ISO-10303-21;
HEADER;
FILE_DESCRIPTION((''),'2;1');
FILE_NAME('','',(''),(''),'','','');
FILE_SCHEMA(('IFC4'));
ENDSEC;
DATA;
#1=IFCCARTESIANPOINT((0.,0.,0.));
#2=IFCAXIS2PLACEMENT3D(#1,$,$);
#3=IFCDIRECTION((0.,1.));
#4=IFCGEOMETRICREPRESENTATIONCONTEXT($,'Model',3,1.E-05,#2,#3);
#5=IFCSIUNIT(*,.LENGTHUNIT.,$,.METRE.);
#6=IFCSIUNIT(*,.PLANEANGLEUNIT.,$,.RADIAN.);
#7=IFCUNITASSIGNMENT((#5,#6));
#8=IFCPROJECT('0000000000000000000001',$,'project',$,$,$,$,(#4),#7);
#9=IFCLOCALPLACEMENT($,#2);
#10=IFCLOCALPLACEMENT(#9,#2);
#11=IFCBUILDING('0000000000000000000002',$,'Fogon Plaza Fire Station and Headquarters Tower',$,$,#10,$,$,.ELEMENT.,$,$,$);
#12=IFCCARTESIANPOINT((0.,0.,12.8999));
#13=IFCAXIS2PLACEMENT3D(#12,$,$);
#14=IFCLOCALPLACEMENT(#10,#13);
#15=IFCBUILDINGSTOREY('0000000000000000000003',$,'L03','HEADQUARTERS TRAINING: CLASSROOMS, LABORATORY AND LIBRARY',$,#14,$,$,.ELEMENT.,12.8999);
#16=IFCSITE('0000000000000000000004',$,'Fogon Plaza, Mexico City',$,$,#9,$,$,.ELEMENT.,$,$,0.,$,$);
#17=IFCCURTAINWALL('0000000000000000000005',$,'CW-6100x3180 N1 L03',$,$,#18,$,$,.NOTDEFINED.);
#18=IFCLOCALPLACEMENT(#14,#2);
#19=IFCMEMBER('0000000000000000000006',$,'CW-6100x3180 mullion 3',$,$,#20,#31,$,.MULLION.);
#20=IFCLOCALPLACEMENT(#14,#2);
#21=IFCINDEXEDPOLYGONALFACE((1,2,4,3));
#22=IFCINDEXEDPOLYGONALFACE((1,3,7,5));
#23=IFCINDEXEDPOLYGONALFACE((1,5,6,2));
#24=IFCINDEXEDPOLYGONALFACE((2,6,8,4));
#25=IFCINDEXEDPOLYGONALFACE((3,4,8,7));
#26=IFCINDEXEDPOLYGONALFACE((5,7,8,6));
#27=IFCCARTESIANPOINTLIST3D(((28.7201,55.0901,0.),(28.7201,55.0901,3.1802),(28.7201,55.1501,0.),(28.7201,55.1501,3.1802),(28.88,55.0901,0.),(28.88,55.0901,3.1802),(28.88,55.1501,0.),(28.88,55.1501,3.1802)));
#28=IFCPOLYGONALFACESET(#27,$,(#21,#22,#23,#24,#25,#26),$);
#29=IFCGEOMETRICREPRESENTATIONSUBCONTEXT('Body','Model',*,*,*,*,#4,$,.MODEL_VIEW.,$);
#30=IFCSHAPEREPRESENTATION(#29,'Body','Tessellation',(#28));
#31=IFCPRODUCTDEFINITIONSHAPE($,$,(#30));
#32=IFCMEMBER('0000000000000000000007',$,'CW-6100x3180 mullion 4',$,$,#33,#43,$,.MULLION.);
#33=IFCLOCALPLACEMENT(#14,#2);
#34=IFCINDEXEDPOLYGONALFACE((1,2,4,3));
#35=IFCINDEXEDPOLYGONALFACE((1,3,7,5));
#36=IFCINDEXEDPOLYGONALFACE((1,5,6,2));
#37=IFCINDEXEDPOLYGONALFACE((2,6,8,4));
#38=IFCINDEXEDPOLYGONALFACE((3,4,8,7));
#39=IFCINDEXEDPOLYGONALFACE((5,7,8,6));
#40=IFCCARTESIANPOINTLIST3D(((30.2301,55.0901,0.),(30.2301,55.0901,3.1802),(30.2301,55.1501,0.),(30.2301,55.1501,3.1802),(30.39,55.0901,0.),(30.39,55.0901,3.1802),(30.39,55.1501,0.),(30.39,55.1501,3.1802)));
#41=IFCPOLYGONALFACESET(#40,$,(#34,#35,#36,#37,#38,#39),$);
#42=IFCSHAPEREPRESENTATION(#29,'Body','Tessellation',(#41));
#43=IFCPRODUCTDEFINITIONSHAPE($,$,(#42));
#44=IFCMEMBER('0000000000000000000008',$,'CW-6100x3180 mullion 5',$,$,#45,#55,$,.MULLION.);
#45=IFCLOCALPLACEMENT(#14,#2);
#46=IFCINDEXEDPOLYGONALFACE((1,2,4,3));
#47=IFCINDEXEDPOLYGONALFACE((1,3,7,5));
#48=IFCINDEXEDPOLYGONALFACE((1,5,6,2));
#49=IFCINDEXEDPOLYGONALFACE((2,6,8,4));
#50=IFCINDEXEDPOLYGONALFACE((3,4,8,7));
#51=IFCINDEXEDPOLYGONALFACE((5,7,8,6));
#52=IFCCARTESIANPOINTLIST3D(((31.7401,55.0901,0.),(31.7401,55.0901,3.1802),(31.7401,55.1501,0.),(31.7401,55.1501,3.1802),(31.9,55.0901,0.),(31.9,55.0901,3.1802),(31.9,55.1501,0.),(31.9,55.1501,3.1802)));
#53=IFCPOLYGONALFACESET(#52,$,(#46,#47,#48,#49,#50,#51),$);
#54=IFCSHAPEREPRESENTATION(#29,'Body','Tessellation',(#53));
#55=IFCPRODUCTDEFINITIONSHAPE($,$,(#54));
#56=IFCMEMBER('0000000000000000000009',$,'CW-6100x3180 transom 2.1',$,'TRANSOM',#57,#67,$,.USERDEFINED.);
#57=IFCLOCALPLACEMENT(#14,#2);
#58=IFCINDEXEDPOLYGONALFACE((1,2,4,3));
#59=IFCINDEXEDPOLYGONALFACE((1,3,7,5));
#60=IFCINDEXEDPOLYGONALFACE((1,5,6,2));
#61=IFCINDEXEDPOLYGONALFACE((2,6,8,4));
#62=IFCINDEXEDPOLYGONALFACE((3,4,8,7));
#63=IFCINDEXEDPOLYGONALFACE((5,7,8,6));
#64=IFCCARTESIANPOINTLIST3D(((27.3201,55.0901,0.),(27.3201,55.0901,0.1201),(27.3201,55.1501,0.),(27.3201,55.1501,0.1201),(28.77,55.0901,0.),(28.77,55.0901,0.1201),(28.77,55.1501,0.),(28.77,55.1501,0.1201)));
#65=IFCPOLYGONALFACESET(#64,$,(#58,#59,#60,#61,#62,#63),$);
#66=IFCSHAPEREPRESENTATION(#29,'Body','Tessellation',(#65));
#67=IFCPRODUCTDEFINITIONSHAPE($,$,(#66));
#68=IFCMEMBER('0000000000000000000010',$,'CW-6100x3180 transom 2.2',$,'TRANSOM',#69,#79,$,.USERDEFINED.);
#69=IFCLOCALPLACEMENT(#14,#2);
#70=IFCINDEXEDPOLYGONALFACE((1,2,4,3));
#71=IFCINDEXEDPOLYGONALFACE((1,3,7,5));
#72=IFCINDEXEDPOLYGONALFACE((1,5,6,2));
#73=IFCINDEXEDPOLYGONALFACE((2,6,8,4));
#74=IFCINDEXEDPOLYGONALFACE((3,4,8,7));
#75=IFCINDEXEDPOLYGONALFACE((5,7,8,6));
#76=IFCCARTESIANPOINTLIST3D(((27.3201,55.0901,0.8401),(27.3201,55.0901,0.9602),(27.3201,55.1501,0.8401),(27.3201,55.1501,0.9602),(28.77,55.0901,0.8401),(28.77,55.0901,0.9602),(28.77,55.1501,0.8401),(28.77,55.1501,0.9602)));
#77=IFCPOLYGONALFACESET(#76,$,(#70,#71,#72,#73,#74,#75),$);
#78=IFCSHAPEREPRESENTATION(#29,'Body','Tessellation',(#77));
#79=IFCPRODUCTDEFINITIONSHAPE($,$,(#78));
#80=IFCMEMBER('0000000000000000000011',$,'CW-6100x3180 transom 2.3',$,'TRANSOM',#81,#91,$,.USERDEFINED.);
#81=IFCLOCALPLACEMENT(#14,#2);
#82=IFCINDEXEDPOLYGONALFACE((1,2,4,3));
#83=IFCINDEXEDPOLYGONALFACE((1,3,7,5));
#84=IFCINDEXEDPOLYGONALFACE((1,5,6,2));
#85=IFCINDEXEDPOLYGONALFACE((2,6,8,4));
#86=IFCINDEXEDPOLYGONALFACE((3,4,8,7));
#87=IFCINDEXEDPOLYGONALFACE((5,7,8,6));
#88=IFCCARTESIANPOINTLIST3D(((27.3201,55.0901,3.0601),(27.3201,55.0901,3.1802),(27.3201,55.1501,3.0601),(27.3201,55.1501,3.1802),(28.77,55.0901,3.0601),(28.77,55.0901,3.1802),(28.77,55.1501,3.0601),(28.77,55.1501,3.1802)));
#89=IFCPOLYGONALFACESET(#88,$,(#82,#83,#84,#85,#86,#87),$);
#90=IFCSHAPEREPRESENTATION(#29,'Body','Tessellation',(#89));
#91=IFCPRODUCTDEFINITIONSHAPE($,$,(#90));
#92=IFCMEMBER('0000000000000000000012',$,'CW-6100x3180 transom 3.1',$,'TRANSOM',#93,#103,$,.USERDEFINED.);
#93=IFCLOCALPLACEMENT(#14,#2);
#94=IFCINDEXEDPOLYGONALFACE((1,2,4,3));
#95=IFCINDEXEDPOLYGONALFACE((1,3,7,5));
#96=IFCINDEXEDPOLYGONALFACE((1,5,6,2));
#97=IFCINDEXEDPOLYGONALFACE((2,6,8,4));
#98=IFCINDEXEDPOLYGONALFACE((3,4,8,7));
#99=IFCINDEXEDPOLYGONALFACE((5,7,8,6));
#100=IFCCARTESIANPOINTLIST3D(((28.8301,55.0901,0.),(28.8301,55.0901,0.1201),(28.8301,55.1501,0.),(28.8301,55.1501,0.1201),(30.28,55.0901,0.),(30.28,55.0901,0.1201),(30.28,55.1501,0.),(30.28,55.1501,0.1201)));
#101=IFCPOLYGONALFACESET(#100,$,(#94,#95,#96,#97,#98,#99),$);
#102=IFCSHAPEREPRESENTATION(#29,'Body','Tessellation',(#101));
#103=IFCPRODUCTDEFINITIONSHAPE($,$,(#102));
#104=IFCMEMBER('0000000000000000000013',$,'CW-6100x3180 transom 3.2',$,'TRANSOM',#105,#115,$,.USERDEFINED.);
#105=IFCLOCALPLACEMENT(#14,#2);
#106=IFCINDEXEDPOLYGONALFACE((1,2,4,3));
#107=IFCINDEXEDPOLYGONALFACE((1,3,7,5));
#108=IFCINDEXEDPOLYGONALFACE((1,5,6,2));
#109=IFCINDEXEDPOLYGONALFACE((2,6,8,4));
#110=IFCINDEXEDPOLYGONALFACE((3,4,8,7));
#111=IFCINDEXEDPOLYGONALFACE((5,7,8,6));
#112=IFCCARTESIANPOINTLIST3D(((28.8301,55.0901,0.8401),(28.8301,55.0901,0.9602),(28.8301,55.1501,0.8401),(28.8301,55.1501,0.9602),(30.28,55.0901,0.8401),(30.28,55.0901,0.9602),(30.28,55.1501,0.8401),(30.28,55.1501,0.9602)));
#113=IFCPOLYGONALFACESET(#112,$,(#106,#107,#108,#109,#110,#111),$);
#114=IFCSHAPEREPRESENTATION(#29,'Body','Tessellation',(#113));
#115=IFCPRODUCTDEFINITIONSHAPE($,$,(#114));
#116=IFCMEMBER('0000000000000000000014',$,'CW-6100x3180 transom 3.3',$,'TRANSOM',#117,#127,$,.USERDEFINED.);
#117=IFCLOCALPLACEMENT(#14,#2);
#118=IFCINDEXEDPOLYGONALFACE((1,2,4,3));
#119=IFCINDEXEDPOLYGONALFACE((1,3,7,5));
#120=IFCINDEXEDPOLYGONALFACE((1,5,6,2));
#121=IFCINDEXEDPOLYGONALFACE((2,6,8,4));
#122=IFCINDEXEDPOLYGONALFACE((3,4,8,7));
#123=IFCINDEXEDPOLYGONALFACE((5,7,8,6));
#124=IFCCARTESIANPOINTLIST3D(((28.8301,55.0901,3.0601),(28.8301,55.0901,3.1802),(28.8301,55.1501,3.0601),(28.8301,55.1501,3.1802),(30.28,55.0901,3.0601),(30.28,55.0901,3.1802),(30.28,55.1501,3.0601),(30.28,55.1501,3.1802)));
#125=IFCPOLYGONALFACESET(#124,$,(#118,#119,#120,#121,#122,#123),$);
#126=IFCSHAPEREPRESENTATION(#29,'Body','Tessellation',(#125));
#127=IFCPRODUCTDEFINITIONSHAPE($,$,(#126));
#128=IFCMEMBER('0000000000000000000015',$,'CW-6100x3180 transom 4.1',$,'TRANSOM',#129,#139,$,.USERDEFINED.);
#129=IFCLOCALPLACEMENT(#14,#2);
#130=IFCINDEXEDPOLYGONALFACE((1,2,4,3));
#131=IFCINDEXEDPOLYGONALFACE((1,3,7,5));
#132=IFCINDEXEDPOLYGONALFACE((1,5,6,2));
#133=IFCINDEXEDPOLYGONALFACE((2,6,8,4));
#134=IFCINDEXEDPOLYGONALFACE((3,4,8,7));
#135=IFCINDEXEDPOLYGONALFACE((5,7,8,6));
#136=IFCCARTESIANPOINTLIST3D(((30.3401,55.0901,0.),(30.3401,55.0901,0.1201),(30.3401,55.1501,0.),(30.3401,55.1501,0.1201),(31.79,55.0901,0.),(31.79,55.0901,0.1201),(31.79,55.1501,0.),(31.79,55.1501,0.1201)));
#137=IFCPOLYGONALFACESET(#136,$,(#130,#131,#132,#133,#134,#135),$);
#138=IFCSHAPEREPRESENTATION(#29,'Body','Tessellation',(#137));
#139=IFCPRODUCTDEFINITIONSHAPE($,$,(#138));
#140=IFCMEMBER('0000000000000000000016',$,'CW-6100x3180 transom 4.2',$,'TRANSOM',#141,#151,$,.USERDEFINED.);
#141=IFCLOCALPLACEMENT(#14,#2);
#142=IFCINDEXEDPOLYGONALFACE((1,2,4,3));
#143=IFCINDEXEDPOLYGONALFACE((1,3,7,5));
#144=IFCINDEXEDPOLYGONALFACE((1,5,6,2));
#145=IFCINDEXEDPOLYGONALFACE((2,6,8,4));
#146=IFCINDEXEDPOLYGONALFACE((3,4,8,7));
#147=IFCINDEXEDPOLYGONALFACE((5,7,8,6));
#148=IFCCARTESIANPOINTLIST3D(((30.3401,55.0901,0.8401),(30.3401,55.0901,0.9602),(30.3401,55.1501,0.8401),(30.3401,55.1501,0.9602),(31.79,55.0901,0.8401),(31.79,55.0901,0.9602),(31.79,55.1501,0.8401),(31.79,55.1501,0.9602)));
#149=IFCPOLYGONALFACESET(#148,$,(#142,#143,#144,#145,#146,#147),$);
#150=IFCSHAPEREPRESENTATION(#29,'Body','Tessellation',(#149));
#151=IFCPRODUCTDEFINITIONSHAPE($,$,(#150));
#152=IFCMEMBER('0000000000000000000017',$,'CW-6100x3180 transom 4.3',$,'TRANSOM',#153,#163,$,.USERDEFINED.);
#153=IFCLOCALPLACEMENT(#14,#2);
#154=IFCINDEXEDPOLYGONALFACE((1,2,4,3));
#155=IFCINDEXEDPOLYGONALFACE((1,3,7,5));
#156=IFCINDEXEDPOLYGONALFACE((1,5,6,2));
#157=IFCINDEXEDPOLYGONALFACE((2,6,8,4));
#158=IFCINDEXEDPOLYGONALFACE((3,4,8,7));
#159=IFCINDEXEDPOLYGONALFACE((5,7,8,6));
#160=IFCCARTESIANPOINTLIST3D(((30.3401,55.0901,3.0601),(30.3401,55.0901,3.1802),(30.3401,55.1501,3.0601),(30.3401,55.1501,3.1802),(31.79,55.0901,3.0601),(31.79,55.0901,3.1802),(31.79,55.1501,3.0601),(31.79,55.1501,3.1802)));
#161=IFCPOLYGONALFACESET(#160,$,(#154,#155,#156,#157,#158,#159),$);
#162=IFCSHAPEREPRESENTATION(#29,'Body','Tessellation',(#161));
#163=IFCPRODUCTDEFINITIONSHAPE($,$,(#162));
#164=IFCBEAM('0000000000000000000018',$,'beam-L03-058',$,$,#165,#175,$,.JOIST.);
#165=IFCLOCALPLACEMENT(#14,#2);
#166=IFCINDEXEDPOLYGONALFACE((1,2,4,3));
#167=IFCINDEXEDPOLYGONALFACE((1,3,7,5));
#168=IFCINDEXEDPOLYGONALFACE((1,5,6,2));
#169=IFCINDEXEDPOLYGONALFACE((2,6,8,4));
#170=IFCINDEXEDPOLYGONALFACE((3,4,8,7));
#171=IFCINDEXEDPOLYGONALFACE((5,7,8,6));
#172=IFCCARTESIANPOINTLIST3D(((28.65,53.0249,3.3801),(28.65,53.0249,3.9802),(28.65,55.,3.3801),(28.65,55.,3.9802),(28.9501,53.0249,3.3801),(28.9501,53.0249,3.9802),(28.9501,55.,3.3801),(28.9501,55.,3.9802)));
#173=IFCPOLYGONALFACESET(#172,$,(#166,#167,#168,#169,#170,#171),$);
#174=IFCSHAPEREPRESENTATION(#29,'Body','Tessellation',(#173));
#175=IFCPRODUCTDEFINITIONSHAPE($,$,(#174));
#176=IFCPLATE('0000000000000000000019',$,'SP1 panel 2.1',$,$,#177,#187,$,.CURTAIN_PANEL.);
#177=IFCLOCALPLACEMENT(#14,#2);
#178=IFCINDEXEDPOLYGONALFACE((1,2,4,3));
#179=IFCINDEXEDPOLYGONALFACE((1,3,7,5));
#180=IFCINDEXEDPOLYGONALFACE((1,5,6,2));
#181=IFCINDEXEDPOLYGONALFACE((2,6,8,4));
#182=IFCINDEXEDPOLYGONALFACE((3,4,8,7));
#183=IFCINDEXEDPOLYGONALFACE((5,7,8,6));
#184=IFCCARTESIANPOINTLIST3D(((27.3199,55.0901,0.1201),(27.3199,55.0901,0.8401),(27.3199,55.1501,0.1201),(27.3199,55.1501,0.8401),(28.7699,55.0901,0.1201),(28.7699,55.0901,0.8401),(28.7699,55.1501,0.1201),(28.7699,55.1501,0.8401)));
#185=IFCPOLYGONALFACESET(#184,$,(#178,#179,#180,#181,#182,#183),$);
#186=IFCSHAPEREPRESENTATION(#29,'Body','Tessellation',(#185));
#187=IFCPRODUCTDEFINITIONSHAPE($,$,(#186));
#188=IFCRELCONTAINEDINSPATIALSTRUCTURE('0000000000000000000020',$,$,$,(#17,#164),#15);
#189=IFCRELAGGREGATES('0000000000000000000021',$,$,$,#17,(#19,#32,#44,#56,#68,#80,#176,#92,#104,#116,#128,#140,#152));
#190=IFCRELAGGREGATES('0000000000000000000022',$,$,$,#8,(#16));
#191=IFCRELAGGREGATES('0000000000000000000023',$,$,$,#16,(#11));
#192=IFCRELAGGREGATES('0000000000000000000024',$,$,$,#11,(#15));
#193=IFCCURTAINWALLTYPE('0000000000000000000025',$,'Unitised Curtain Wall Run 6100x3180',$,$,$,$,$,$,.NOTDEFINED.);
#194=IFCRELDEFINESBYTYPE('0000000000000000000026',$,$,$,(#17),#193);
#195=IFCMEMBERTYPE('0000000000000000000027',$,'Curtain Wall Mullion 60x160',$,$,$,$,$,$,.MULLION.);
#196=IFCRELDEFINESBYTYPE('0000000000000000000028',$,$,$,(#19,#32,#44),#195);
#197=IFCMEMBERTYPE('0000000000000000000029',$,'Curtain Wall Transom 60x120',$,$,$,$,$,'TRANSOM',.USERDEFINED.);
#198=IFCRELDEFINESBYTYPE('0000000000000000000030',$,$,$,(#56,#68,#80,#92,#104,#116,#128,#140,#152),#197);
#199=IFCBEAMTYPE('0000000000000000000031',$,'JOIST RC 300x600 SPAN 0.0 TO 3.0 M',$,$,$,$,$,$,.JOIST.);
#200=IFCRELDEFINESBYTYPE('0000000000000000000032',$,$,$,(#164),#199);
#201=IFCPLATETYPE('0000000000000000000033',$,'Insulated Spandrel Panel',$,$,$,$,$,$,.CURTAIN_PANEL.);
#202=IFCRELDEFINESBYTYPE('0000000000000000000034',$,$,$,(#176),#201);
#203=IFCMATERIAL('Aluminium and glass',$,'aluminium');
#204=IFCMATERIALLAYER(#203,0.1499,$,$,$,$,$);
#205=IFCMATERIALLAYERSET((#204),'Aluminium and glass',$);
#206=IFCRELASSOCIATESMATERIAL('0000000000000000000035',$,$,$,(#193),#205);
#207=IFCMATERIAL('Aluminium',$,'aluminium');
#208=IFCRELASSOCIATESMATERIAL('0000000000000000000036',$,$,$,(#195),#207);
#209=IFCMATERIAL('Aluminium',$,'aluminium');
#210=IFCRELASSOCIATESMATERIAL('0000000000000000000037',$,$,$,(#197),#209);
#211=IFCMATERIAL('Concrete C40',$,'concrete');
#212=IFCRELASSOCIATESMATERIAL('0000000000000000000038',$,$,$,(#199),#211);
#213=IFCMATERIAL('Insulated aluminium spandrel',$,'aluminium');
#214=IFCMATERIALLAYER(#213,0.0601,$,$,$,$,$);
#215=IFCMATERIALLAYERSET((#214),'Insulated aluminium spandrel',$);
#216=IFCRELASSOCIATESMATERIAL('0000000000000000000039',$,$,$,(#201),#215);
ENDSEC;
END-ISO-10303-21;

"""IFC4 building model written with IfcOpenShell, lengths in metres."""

from ifc_helpers import new_model, si_unit, direction, frame, origin, origin_2d, place, context, subcontext, project, spatial, rectangle, extrude, material, layer, layer_set, material_profile, profile_set, type_object, element, aggregate, save


model = new_model("IFC4")

# Units and contexts
model_context = context("Model", 3, precision=1e-05, world=origin(), true_north=direction((0.0, 1.0)))
body_context = subcontext(model_context, "Body", "Model", "MODEL_VIEW")
ifc_project = project(units=[si_unit("LENGTHUNIT", "METRE"), si_unit("PLANEANGLEUNIT", "RADIAN")], contexts=[model_context])

# Site, building, storey
site_placement = place(None, origin())
site = spatial("IfcSite", under=ifc_project, at=site_placement, Name="Fogon Plaza, Mexico City", CompositionType="ELEMENT", RefElevation=0.0)
building_placement = place(site_placement, origin())
building = spatial("IfcBuilding", under=site, at=building_placement, Name="Fogon Plaza Fire Station and Headquarters Tower", CompositionType="ELEMENT")
storey_placement = place(building_placement, frame((0.0, 0.0, 12.8999)))
storey = spatial("IfcBuildingStorey", under=building, at=storey_placement, Name="L03", Description="HEADQUARTERS TRAINING: CLASSROOMS, LABORATORY AND LIBRARY", CompositionType="ELEMENT", Elevation=12.8999)

# Curtain wall, members
ifc_material_1 = material(Name="Aluminium and glass", Category="aluminium")
ifc_layer_1 = layer(ifc_material_1, 0.1499)
ifc_layer_set_1 = layer_set([ifc_layer_1], Name="Aluminium and glass")
curtain_wall_type = type_object("IfcCurtainWallType", Name="Unitised Curtain Wall Run 6100x3180", PredefinedType="NOTDEFINED", material=ifc_layer_set_1)
curtain_wall_placement = place(storey_placement, origin())
curtain_wall = element("IfcCurtainWall", 1, at=curtain_wall_placement, inside=storey, type_object=curtain_wall_type, Name="CW-6100x3180 N1 L03", PredefinedType="NOTDEFINED")
ifc_material_2 = material(Name="Aluminium", Category="aluminium")
ifc_material_profile_1 = material_profile(ifc_material_2, rectangle(XDim=0.0601, YDim=0.1599, at=origin_2d()), Name="Curtain Wall Mullion 60x160")
ifc_profile_set_1 = profile_set([ifc_material_profile_1], Name="Aluminium")
member_type_1 = type_object("IfcMemberType", Name="Curtain Wall Mullion 60x160", PredefinedType="MULLION", material=ifc_profile_set_1)
member_1_placement = place(storey_placement, frame((28.8, 55.1201, 0.0), z_axis=(0.0, 0.0, 1.0), x_axis=(0.0, 1.0, 0.0)))
member_1 = element("IfcMember", 2, at=member_1_placement, type_object=member_type_1, Name="CW-6100x3180 mullion 3", PredefinedType="MULLION", context=body_context, shape_type="SweptSolid", body=[
    extrude(rectangle(XDim=0.0601, YDim=0.1599, at=origin_2d()), origin(), (0.0, 0.0, 1.0), 3.1802),
])
member_2_placement = place(storey_placement, frame((30.3101, 55.1201, 0.0), z_axis=(0.0, 0.0, 1.0), x_axis=(0.0, 1.0, 0.0)))
member_2 = element("IfcMember", 3, at=member_2_placement, type_object=member_type_1, Name="CW-6100x3180 mullion 4", PredefinedType="MULLION", context=body_context, shape_type="SweptSolid", body=[
    extrude(rectangle(XDim=0.0601, YDim=0.1599, at=origin_2d()), origin(), (0.0, 0.0, 1.0), 3.1802),
])
member_3_placement = place(storey_placement, frame((31.8201, 55.1201, 0.0), z_axis=(0.0, 0.0, 1.0), x_axis=(0.0, 1.0, 0.0)))
member_3 = element("IfcMember", 4, at=member_3_placement, type_object=member_type_1, Name="CW-6100x3180 mullion 5", PredefinedType="MULLION", context=body_context, shape_type="SweptSolid", body=[
    extrude(rectangle(XDim=0.0601, YDim=0.1599, at=origin_2d()), origin(), (0.0, 0.0, 1.0), 3.1802),
])
ifc_material_3 = material(Name="Aluminium", Category="aluminium")
ifc_material_profile_2 = material_profile(ifc_material_3, rectangle(XDim=0.0601, YDim=0.1201, at=origin_2d()), Name="Curtain Wall Transom 60x120")
ifc_profile_set_2 = profile_set([ifc_material_profile_2], Name="Aluminium")
member_type_2 = type_object("IfcMemberType", Name="Curtain Wall Transom 60x120", ElementType="TRANSOM", PredefinedType="USERDEFINED", material=ifc_profile_set_2)
member_4_placement = place(storey_placement, frame((27.3201, 55.1201, 0.0601), z_axis=(1.0, 0.0, 0.0), x_axis=(0.0, 1.0, 0.0)))
member_4 = element("IfcMember", 5, at=member_4_placement, type_object=member_type_2, Name="CW-6100x3180 transom 2.1", ObjectType="TRANSOM", PredefinedType="USERDEFINED", context=body_context, shape_type="SweptSolid", body=[
    extrude(rectangle(XDim=0.0601, YDim=0.1201, at=origin_2d()), origin(), (0.0, 0.0, 1.0), 1.45),
])
member_5_placement = place(storey_placement, frame((27.3201, 55.1201, 0.9001), z_axis=(1.0, 0.0, 0.0), x_axis=(0.0, 1.0, 0.0)))
member_5 = element("IfcMember", 6, at=member_5_placement, type_object=member_type_2, Name="CW-6100x3180 transom 2.2", ObjectType="TRANSOM", PredefinedType="USERDEFINED", context=body_context, shape_type="SweptSolid", body=[
    extrude(rectangle(XDim=0.0601, YDim=0.1201, at=origin_2d()), origin(), (0.0, 0.0, 1.0), 1.45),
])
member_6_placement = place(storey_placement, frame((27.3201, 55.1201, 3.1201), z_axis=(1.0, 0.0, 0.0), x_axis=(0.0, 1.0, 0.0)))
member_6 = element("IfcMember", 7, at=member_6_placement, type_object=member_type_2, Name="CW-6100x3180 transom 2.3", ObjectType="TRANSOM", PredefinedType="USERDEFINED", context=body_context, shape_type="SweptSolid", body=[
    extrude(rectangle(XDim=0.0601, YDim=0.1201, at=origin_2d()), origin(), (0.0, 0.0, 1.0), 1.45),
])
member_7_placement = place(storey_placement, frame((28.8301, 55.1201, 0.0601), z_axis=(1.0, 0.0, 0.0), x_axis=(0.0, 1.0, 0.0)))
member_7 = element("IfcMember", 8, at=member_7_placement, type_object=member_type_2, Name="CW-6100x3180 transom 3.1", ObjectType="TRANSOM", PredefinedType="USERDEFINED", context=body_context, shape_type="SweptSolid", body=[
    extrude(rectangle(XDim=0.0601, YDim=0.1201, at=origin_2d()), origin(), (0.0, 0.0, 1.0), 1.45),
])
member_8_placement = place(storey_placement, frame((28.8301, 55.1201, 0.9001), z_axis=(1.0, 0.0, 0.0), x_axis=(0.0, 1.0, 0.0)))
member_8 = element("IfcMember", 9, at=member_8_placement, type_object=member_type_2, Name="CW-6100x3180 transom 3.2", ObjectType="TRANSOM", PredefinedType="USERDEFINED", context=body_context, shape_type="SweptSolid", body=[
    extrude(rectangle(XDim=0.0601, YDim=0.1201, at=origin_2d()), origin(), (0.0, 0.0, 1.0), 1.45),
])
member_9_placement = place(storey_placement, frame((28.8301, 55.1201, 3.1201), z_axis=(1.0, 0.0, 0.0), x_axis=(0.0, 1.0, 0.0)))
member_9 = element("IfcMember", 10, at=member_9_placement, type_object=member_type_2, Name="CW-6100x3180 transom 3.3", ObjectType="TRANSOM", PredefinedType="USERDEFINED", context=body_context, shape_type="SweptSolid", body=[
    extrude(rectangle(XDim=0.0601, YDim=0.1201, at=origin_2d()), origin(), (0.0, 0.0, 1.0), 1.45),
])
member_10_placement = place(storey_placement, frame((30.3401, 55.1201, 0.0601), z_axis=(1.0, 0.0, 0.0), x_axis=(0.0, 1.0, 0.0)))
member_10 = element("IfcMember", 11, at=member_10_placement, type_object=member_type_2, Name="CW-6100x3180 transom 4.1", ObjectType="TRANSOM", PredefinedType="USERDEFINED", context=body_context, shape_type="SweptSolid", body=[
    extrude(rectangle(XDim=0.0601, YDim=0.1201, at=origin_2d()), origin(), (0.0, 0.0, 1.0), 1.45),
])
member_11_placement = place(storey_placement, frame((30.3401, 55.1201, 0.9001), z_axis=(1.0, 0.0, 0.0), x_axis=(0.0, 1.0, 0.0)))
member_11 = element("IfcMember", 12, at=member_11_placement, type_object=member_type_2, Name="CW-6100x3180 transom 4.2", ObjectType="TRANSOM", PredefinedType="USERDEFINED", context=body_context, shape_type="SweptSolid", body=[
    extrude(rectangle(XDim=0.0601, YDim=0.1201, at=origin_2d()), origin(), (0.0, 0.0, 1.0), 1.45),
])
member_12_placement = place(storey_placement, frame((30.3401, 55.1201, 3.1201), z_axis=(1.0, 0.0, 0.0), x_axis=(0.0, 1.0, 0.0)))
member_12 = element("IfcMember", 13, at=member_12_placement, type_object=member_type_2, Name="CW-6100x3180 transom 4.3", ObjectType="TRANSOM", PredefinedType="USERDEFINED", context=body_context, shape_type="SweptSolid", body=[
    extrude(rectangle(XDim=0.0601, YDim=0.1201, at=origin_2d()), origin(), (0.0, 0.0, 1.0), 1.45),
])

# Beam
ifc_material_4 = material(Name="Concrete C40", Category="concrete")
ifc_material_profile_3 = material_profile(ifc_material_4, rectangle(XDim=0.3, YDim=0.6001, at=origin_2d()), Name="RC 300x600")
ifc_profile_set_3 = profile_set([ifc_material_profile_3], Name="Concrete C40")
beam_type = type_object("IfcBeamType", Name="JOIST RC 300x600 SPAN 0.0 TO 3.0 M", PredefinedType="JOIST", material=ifc_profile_set_3)
beam_placement = place(storey_placement, frame((28.8, 53.0249, 3.6802), z_axis=(0.0, 1.0, 0.0), x_axis=(-1.0, 0.0, 0.0)))
element("IfcBeam", 14, at=beam_placement, inside=storey, type_object=beam_type, Name="beam-L03-058", PredefinedType="JOIST", context=body_context, shape_type="SweptSolid", body=[
    extrude(rectangle(XDim=0.3, YDim=0.6001, at=origin_2d()), origin(), (0.0, 0.0, 1.0), 1.9751),
])

# Plate
ifc_material_5 = material(Name="Insulated aluminium spandrel", Category="aluminium")
ifc_layer_2 = layer(ifc_material_5, 0.0601)
ifc_layer_set_2 = layer_set([ifc_layer_2], Name="Insulated aluminium spandrel")
plate_type_1 = type_object("IfcPlateType", Name="Insulated Spandrel Panel", PredefinedType="CURTAIN_PANEL", material=ifc_layer_set_2)
plate_1_placement = place(storey_placement, frame((28.0449, 55.1201, 0.1201), z_axis=(0.0, 0.0, 1.0), x_axis=(1.0, 0.0, 0.0)))
plate_1 = element("IfcPlate", 15, at=plate_1_placement, type_object=plate_type_1, Name="SP1 panel 2.1", PredefinedType="CURTAIN_PANEL", context=body_context, shape_type="SweptSolid", body=[
    extrude(rectangle(XDim=1.45, YDim=0.0601, at=origin_2d()), origin(), (0.0, 0.0, 1.0), 0.72),
])
aggregate(curtain_wall, [member_1, member_2, member_3, member_4, member_5, member_6, plate_1, member_7, member_8, member_9, member_10, member_11, member_12])

save(model, "model.ifc")
